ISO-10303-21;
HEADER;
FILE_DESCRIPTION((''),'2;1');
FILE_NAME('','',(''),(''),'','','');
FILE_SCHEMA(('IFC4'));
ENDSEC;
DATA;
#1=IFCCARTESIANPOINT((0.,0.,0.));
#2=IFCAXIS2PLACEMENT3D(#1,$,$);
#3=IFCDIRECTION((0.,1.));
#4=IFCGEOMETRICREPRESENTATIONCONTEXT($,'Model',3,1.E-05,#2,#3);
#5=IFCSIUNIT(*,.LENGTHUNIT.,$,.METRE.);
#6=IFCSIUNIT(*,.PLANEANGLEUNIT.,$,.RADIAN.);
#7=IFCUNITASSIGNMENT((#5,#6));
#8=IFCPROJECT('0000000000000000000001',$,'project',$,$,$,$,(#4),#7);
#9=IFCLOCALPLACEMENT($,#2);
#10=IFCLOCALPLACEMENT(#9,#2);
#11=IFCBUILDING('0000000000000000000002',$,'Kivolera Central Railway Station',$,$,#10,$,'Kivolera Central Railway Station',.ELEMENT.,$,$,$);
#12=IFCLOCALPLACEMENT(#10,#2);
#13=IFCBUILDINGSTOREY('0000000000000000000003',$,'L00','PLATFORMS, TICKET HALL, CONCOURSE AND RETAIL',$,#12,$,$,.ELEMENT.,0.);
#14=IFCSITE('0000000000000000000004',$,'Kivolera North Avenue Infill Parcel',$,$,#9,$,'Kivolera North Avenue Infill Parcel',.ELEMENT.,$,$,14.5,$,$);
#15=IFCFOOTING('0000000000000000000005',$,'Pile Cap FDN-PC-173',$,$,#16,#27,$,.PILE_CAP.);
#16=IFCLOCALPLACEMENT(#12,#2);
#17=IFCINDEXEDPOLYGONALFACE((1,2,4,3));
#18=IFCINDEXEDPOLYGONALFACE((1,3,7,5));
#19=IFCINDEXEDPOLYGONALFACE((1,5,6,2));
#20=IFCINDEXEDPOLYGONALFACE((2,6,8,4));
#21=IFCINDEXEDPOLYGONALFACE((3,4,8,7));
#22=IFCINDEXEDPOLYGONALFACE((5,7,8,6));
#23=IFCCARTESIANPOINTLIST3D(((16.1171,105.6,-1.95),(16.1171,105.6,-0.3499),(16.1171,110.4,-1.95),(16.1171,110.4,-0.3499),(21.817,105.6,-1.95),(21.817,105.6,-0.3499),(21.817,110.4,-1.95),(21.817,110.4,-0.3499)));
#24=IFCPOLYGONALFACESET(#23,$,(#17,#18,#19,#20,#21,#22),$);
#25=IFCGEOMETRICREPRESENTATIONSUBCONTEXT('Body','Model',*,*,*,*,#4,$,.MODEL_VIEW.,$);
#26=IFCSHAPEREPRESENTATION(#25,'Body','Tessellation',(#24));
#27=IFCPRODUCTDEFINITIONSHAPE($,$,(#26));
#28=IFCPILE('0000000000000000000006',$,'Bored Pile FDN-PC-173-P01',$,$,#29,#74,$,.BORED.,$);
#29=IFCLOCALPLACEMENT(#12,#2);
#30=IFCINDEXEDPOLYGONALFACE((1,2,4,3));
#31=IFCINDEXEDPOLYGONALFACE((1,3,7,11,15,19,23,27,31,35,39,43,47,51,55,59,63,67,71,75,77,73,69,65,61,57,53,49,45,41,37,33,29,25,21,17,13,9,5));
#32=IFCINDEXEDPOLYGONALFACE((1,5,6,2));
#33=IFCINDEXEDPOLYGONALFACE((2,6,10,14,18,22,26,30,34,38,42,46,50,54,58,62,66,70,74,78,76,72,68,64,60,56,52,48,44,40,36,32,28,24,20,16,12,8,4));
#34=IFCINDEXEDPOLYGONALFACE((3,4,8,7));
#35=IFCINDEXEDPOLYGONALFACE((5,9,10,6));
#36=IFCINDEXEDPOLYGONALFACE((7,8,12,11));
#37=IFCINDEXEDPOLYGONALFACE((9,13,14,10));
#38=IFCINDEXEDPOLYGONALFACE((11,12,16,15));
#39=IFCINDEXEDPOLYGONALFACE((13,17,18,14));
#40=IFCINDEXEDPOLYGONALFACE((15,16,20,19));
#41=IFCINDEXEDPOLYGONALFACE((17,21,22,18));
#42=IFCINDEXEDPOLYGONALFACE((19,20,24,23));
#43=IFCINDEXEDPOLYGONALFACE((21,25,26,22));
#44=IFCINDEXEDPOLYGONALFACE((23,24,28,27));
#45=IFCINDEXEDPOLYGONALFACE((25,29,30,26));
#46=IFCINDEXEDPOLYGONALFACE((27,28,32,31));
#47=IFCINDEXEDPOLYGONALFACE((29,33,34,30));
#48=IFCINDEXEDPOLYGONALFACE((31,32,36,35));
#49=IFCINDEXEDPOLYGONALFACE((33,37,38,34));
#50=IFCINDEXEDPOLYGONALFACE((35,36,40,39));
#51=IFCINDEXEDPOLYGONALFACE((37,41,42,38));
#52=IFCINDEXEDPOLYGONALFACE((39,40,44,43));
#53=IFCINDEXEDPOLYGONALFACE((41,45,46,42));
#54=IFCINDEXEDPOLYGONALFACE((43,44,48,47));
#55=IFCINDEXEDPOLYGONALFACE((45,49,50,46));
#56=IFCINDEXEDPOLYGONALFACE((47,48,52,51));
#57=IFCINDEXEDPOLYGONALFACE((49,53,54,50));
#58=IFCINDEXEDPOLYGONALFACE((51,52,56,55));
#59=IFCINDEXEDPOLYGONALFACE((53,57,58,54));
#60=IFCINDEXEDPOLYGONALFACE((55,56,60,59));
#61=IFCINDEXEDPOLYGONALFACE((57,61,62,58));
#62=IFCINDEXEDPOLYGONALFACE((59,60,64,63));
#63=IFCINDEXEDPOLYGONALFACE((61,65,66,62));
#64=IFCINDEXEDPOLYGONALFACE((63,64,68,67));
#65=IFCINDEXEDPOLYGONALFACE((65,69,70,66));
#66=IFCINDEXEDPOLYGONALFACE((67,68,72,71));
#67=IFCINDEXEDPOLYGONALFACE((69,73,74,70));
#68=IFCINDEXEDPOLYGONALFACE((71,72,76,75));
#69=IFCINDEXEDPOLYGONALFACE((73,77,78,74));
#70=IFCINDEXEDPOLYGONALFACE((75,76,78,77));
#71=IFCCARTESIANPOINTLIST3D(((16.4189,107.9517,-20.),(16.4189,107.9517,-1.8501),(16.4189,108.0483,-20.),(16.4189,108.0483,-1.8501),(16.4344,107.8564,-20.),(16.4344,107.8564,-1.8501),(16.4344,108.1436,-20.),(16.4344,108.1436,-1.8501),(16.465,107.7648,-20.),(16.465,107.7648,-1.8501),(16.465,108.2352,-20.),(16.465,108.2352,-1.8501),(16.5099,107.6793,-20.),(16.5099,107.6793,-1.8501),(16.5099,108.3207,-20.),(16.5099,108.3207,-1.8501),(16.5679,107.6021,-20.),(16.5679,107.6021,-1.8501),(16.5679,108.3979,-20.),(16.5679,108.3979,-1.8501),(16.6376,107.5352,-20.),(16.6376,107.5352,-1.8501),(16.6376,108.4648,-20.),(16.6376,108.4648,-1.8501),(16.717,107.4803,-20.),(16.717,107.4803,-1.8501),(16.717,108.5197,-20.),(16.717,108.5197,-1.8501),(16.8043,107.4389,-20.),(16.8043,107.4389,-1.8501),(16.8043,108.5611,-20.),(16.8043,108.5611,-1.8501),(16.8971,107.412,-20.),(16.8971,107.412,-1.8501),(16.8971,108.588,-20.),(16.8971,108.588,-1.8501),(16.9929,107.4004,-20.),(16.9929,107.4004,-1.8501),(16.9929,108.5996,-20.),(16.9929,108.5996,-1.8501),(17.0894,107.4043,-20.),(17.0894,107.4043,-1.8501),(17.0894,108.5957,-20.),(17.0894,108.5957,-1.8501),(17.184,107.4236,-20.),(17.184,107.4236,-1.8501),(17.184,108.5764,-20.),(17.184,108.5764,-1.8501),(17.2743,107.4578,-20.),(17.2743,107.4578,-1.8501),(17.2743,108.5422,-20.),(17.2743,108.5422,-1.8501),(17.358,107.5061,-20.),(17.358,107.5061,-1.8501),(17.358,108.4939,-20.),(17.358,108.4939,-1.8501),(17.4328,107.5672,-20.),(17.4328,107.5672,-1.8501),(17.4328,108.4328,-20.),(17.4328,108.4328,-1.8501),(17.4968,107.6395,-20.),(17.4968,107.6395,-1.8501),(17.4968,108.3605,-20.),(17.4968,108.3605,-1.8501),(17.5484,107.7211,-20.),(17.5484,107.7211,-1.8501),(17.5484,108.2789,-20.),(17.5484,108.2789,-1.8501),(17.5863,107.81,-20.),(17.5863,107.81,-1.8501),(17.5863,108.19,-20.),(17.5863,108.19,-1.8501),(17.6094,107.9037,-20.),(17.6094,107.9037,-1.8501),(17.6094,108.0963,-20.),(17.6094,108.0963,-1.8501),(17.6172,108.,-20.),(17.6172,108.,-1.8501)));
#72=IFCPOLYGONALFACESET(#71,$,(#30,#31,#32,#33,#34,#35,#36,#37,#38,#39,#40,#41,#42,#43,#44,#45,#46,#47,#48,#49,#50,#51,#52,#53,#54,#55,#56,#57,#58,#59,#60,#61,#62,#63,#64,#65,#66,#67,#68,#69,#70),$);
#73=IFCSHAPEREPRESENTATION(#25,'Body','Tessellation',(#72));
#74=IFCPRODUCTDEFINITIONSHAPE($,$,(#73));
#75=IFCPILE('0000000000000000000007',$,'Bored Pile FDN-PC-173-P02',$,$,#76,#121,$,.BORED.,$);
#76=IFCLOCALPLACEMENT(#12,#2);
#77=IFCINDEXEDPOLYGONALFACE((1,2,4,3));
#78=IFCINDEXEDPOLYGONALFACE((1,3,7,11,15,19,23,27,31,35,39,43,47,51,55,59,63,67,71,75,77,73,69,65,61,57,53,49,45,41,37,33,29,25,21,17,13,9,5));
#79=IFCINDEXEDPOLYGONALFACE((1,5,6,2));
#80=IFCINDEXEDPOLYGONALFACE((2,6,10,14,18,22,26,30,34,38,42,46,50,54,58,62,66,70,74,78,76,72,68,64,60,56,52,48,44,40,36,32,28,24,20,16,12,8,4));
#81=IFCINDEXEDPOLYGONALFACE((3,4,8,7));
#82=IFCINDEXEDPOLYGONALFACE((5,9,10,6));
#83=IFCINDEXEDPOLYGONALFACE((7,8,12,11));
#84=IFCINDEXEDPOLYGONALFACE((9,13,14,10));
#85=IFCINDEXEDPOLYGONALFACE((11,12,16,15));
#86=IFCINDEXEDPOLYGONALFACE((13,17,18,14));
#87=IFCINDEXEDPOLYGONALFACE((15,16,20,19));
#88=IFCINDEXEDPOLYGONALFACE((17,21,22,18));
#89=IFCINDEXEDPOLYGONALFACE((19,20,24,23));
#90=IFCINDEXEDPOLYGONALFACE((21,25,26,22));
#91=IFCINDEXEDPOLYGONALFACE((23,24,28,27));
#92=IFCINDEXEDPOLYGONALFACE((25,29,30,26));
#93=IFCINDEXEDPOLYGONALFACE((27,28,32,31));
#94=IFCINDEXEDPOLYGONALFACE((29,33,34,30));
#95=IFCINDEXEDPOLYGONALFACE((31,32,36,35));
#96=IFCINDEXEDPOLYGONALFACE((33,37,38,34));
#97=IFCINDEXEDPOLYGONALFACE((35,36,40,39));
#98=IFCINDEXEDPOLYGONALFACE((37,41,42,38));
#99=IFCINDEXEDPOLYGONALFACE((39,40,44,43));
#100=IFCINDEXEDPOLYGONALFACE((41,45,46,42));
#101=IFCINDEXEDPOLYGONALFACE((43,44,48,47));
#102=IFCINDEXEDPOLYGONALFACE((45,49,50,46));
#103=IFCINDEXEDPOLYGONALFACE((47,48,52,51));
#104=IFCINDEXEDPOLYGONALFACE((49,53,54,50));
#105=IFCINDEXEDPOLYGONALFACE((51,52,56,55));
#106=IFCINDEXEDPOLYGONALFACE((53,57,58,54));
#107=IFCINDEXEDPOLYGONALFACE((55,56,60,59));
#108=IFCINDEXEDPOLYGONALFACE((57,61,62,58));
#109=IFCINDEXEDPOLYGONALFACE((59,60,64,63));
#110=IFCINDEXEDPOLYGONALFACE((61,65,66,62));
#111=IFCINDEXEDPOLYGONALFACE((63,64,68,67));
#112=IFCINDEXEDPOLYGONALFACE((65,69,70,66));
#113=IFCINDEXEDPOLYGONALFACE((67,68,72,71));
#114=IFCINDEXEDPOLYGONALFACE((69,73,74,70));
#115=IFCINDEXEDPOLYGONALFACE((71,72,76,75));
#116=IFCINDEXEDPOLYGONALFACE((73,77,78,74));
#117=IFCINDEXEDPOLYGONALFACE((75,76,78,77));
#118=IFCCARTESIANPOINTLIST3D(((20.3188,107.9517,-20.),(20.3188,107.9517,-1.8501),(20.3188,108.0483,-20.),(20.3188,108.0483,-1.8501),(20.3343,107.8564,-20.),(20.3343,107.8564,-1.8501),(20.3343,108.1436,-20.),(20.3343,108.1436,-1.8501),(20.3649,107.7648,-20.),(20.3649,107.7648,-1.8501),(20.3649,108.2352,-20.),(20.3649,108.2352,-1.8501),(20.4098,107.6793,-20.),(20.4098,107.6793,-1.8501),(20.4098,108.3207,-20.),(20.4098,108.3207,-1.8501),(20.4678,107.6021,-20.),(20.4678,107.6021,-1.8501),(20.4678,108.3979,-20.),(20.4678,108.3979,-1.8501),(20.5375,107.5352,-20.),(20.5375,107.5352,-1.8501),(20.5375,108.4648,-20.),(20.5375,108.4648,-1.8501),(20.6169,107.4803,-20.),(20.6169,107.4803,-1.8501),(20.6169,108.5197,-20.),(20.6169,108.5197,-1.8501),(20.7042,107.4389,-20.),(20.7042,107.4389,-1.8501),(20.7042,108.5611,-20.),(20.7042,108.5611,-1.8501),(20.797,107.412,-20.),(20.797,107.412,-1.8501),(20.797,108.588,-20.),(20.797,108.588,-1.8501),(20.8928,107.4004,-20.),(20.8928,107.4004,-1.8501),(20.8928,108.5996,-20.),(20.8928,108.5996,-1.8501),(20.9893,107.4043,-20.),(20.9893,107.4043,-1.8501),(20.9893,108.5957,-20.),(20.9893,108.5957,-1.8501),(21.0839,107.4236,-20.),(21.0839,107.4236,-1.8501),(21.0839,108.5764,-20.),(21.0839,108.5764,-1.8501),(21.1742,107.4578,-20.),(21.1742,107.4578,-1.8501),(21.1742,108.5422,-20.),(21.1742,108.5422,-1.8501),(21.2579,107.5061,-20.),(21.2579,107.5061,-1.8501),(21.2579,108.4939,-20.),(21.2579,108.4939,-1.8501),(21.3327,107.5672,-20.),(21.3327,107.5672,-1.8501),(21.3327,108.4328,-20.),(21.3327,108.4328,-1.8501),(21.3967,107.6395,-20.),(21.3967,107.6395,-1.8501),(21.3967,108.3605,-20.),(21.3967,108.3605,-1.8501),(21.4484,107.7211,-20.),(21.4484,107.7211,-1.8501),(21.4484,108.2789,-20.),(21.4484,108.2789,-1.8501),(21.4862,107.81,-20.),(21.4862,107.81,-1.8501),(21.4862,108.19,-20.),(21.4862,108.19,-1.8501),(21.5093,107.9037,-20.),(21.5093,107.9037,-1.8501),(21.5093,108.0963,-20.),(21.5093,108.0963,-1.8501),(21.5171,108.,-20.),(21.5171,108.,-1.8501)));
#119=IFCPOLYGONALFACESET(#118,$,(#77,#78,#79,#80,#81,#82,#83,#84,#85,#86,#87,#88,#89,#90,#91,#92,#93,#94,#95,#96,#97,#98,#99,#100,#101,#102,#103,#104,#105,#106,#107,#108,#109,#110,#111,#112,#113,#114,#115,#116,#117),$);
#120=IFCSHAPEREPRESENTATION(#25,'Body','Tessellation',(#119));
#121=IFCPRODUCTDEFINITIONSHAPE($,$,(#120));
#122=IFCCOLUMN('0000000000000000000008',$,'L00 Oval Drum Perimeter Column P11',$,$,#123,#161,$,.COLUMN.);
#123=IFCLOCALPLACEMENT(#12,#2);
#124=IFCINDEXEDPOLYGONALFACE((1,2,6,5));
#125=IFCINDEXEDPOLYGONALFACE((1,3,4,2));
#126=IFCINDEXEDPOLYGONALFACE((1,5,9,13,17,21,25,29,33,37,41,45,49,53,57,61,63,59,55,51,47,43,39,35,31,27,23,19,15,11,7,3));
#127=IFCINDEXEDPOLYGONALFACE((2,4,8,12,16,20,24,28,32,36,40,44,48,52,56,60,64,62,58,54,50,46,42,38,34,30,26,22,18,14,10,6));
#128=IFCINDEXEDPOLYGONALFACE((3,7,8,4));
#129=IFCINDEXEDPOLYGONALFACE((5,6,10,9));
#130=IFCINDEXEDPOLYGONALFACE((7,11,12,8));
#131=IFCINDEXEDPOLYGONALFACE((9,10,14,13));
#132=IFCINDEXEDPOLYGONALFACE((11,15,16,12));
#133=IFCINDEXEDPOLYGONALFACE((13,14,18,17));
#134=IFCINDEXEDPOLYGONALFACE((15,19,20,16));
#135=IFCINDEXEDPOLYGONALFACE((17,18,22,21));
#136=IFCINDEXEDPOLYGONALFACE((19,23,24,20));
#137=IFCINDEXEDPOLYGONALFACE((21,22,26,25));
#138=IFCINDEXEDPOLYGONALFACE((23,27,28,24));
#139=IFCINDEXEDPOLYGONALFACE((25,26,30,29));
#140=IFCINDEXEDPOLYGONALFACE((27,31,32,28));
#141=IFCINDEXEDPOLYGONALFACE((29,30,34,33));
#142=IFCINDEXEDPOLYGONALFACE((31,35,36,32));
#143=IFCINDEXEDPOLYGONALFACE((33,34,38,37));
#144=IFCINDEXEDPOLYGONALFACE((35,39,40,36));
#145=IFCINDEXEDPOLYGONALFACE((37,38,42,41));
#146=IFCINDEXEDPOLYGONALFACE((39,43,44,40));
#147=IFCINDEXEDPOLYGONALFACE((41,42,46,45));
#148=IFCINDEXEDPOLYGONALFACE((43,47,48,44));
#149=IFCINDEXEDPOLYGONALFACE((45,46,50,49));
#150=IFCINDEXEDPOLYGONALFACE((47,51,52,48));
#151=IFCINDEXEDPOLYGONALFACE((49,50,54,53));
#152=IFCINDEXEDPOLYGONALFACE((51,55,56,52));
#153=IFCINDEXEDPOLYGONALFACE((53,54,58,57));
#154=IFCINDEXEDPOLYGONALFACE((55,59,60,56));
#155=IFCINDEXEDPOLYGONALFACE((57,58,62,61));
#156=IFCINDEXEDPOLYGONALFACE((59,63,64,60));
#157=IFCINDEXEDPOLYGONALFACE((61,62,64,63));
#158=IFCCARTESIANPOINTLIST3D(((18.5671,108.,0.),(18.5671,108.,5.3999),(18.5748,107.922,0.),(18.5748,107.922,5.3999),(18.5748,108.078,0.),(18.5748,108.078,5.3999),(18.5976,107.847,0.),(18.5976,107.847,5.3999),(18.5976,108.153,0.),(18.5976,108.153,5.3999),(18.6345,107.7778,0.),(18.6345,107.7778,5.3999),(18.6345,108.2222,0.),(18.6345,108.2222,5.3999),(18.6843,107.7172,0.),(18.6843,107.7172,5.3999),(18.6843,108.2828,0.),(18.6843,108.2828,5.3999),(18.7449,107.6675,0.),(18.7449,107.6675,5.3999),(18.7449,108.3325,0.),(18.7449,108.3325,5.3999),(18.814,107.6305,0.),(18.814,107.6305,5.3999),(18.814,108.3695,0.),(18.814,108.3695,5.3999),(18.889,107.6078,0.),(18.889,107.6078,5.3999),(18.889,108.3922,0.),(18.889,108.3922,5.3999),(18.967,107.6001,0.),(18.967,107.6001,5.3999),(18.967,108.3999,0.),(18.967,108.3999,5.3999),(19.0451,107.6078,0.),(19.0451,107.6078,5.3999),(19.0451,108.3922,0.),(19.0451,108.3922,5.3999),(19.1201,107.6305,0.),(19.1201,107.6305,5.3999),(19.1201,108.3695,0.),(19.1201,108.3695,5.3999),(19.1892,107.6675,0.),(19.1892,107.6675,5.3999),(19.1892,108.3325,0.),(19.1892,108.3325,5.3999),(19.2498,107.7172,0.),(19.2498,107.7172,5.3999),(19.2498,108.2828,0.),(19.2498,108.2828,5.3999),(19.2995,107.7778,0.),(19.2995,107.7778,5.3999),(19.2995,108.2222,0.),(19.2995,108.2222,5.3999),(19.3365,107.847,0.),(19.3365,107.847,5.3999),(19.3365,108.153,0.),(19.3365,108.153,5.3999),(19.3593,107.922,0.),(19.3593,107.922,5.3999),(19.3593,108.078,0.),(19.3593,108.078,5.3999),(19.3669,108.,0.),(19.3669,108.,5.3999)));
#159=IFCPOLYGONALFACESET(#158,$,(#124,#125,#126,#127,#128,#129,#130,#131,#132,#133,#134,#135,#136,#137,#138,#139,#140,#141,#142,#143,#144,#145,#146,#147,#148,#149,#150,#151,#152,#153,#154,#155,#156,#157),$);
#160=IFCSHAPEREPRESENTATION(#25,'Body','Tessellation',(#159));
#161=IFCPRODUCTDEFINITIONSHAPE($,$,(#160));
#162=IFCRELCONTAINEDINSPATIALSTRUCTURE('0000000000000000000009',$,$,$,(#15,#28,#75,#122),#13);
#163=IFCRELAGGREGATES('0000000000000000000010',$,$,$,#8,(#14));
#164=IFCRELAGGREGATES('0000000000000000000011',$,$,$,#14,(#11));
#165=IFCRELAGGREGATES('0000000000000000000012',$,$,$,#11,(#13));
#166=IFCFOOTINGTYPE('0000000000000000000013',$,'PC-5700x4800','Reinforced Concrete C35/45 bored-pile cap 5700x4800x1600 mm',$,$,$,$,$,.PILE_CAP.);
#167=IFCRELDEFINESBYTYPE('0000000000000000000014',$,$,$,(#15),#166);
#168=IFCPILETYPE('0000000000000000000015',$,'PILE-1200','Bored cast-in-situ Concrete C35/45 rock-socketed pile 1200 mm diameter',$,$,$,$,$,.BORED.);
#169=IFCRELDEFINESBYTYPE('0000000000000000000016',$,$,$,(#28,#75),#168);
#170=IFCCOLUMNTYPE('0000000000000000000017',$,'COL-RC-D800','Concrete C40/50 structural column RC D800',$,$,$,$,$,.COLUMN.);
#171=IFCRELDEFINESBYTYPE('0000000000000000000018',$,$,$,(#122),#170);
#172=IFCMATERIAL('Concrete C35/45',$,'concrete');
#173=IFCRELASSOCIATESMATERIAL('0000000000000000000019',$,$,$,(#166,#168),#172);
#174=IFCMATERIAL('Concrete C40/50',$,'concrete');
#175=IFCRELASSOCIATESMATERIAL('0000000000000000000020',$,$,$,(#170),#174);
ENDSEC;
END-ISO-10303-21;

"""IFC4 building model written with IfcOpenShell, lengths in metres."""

from ifc_helpers import new_model, si_unit, direction, frame, origin, origin_2d, place, context, subcontext, project, spatial, rectangle, circle, extrude, material, material_profile, profile_set, type_object, element, save


model = new_model("IFC4")

# Units and contexts
model_context = context("Model", 3, precision=1e-05, world=origin(), true_north=direction((0.0, 1.0)))
body_context = subcontext(model_context, "Body", "Model", "MODEL_VIEW")
ifc_project = project(units=[si_unit("LENGTHUNIT", "METRE"), si_unit("PLANEANGLEUNIT", "RADIAN")], contexts=[model_context])

# Site, building, storey
site_placement = place(None, origin())
site = spatial("IfcSite", under=ifc_project, at=site_placement, Name="Kivolera North Avenue Infill Parcel", LongName="Kivolera North Avenue Infill Parcel", CompositionType="ELEMENT", RefElevation=14.5)
building_placement = place(site_placement, origin())
building = spatial("IfcBuilding", under=site, at=building_placement, Name="Kivolera Central Railway Station", LongName="Kivolera Central Railway Station", CompositionType="ELEMENT")
storey_placement = place(building_placement, origin())
storey = spatial("IfcBuildingStorey", under=building, at=storey_placement, Name="L00", Description="PLATFORMS, TICKET HALL, CONCOURSE AND RETAIL", CompositionType="ELEMENT", Elevation=0.0)

# Footing
ifc_material_1 = material(Name="Concrete C35/45", Category="concrete")
footing_type = type_object("IfcFootingType", Name="PC-5700x4800", Description="Reinforced Concrete C35/45 bored-pile cap 5700x4800x1600 mm", PredefinedType="PILE_CAP", material=ifc_material_1)
footing_placement = place(storey_placement, frame((18.967, 108.0, -1.95), z_axis=(0.0, 0.0, 1.0), x_axis=(1.0, 0.0, 0.0)))
element("IfcFooting", 1, at=footing_placement, inside=storey, type_object=footing_type, Name="Pile Cap FDN-PC-173", PredefinedType="PILE_CAP", context=body_context, shape_type="SweptSolid", body=[
    extrude(rectangle(XDim=5.7, YDim=4.8, at=origin_2d()), origin(), (0.0, 0.0, 1.0), 1.6001),
])

# Piles
ifc_material_profile_1 = material_profile(ifc_material_1, circle(Radius=0.6001, at=origin_2d()), Name="PILE D1200")
ifc_profile_set_1 = profile_set([ifc_material_profile_1], Name="Concrete C35/45")
pile_type = type_object("IfcPileType", Name="PILE-1200", Description="Bored cast-in-situ Concrete C35/45 rock-socketed pile 1200 mm diameter", PredefinedType="BORED", material=ifc_profile_set_1)
for number, where, z_axis, x_axis, name in (
    (2, (17.0171, 108.0, -1.8501), (0.0, 0.0, -1.0), (1.0, 0.0, 0.0), "Bored Pile FDN-PC-173-P01"),
    (3, (20.917, 108.0, -1.8501), (0.0, 0.0, -1.0), (1.0, 0.0, 0.0), "Bored Pile FDN-PC-173-P02"),
):
    element("IfcPile", number, at=place(storey_placement, frame(where, z_axis=z_axis, x_axis=x_axis)), inside=storey, type_object=pile_type, Name=name, PredefinedType="BORED", context=body_context, shape_type="SweptSolid", body=[
        extrude(circle(Radius=0.6001, at=origin_2d()), origin(), (0.0, 0.0, 1.0), 18.1499),
    ])

# Column
ifc_material_2 = material(Name="Concrete C40/50", Category="concrete")
ifc_material_profile_2 = material_profile(ifc_material_2, circle(Radius=0.3999, at=origin_2d()), Name="RC D800")
ifc_profile_set_2 = profile_set([ifc_material_profile_2], Name="Concrete C40/50")
column_type = type_object("IfcColumnType", Name="COL-RC-D800", Description="Concrete C40/50 structural column RC D800", PredefinedType="COLUMN", material=ifc_profile_set_2)
column_placement = place(storey_placement, frame((18.967, 108.0, 0.0), z_axis=(0.0, 0.0, 1.0), x_axis=(1.0, 0.0, 0.0)))
element("IfcColumn", 4, at=column_placement, inside=storey, type_object=column_type, Name="L00 Oval Drum Perimeter Column P11", PredefinedType="COLUMN", context=body_context, shape_type="SweptSolid", body=[
    extrude(circle(Radius=0.3999, at=origin_2d()), origin(), (0.0, 0.0, 1.0), 5.3999),
])

save(model, "model.ifc")
